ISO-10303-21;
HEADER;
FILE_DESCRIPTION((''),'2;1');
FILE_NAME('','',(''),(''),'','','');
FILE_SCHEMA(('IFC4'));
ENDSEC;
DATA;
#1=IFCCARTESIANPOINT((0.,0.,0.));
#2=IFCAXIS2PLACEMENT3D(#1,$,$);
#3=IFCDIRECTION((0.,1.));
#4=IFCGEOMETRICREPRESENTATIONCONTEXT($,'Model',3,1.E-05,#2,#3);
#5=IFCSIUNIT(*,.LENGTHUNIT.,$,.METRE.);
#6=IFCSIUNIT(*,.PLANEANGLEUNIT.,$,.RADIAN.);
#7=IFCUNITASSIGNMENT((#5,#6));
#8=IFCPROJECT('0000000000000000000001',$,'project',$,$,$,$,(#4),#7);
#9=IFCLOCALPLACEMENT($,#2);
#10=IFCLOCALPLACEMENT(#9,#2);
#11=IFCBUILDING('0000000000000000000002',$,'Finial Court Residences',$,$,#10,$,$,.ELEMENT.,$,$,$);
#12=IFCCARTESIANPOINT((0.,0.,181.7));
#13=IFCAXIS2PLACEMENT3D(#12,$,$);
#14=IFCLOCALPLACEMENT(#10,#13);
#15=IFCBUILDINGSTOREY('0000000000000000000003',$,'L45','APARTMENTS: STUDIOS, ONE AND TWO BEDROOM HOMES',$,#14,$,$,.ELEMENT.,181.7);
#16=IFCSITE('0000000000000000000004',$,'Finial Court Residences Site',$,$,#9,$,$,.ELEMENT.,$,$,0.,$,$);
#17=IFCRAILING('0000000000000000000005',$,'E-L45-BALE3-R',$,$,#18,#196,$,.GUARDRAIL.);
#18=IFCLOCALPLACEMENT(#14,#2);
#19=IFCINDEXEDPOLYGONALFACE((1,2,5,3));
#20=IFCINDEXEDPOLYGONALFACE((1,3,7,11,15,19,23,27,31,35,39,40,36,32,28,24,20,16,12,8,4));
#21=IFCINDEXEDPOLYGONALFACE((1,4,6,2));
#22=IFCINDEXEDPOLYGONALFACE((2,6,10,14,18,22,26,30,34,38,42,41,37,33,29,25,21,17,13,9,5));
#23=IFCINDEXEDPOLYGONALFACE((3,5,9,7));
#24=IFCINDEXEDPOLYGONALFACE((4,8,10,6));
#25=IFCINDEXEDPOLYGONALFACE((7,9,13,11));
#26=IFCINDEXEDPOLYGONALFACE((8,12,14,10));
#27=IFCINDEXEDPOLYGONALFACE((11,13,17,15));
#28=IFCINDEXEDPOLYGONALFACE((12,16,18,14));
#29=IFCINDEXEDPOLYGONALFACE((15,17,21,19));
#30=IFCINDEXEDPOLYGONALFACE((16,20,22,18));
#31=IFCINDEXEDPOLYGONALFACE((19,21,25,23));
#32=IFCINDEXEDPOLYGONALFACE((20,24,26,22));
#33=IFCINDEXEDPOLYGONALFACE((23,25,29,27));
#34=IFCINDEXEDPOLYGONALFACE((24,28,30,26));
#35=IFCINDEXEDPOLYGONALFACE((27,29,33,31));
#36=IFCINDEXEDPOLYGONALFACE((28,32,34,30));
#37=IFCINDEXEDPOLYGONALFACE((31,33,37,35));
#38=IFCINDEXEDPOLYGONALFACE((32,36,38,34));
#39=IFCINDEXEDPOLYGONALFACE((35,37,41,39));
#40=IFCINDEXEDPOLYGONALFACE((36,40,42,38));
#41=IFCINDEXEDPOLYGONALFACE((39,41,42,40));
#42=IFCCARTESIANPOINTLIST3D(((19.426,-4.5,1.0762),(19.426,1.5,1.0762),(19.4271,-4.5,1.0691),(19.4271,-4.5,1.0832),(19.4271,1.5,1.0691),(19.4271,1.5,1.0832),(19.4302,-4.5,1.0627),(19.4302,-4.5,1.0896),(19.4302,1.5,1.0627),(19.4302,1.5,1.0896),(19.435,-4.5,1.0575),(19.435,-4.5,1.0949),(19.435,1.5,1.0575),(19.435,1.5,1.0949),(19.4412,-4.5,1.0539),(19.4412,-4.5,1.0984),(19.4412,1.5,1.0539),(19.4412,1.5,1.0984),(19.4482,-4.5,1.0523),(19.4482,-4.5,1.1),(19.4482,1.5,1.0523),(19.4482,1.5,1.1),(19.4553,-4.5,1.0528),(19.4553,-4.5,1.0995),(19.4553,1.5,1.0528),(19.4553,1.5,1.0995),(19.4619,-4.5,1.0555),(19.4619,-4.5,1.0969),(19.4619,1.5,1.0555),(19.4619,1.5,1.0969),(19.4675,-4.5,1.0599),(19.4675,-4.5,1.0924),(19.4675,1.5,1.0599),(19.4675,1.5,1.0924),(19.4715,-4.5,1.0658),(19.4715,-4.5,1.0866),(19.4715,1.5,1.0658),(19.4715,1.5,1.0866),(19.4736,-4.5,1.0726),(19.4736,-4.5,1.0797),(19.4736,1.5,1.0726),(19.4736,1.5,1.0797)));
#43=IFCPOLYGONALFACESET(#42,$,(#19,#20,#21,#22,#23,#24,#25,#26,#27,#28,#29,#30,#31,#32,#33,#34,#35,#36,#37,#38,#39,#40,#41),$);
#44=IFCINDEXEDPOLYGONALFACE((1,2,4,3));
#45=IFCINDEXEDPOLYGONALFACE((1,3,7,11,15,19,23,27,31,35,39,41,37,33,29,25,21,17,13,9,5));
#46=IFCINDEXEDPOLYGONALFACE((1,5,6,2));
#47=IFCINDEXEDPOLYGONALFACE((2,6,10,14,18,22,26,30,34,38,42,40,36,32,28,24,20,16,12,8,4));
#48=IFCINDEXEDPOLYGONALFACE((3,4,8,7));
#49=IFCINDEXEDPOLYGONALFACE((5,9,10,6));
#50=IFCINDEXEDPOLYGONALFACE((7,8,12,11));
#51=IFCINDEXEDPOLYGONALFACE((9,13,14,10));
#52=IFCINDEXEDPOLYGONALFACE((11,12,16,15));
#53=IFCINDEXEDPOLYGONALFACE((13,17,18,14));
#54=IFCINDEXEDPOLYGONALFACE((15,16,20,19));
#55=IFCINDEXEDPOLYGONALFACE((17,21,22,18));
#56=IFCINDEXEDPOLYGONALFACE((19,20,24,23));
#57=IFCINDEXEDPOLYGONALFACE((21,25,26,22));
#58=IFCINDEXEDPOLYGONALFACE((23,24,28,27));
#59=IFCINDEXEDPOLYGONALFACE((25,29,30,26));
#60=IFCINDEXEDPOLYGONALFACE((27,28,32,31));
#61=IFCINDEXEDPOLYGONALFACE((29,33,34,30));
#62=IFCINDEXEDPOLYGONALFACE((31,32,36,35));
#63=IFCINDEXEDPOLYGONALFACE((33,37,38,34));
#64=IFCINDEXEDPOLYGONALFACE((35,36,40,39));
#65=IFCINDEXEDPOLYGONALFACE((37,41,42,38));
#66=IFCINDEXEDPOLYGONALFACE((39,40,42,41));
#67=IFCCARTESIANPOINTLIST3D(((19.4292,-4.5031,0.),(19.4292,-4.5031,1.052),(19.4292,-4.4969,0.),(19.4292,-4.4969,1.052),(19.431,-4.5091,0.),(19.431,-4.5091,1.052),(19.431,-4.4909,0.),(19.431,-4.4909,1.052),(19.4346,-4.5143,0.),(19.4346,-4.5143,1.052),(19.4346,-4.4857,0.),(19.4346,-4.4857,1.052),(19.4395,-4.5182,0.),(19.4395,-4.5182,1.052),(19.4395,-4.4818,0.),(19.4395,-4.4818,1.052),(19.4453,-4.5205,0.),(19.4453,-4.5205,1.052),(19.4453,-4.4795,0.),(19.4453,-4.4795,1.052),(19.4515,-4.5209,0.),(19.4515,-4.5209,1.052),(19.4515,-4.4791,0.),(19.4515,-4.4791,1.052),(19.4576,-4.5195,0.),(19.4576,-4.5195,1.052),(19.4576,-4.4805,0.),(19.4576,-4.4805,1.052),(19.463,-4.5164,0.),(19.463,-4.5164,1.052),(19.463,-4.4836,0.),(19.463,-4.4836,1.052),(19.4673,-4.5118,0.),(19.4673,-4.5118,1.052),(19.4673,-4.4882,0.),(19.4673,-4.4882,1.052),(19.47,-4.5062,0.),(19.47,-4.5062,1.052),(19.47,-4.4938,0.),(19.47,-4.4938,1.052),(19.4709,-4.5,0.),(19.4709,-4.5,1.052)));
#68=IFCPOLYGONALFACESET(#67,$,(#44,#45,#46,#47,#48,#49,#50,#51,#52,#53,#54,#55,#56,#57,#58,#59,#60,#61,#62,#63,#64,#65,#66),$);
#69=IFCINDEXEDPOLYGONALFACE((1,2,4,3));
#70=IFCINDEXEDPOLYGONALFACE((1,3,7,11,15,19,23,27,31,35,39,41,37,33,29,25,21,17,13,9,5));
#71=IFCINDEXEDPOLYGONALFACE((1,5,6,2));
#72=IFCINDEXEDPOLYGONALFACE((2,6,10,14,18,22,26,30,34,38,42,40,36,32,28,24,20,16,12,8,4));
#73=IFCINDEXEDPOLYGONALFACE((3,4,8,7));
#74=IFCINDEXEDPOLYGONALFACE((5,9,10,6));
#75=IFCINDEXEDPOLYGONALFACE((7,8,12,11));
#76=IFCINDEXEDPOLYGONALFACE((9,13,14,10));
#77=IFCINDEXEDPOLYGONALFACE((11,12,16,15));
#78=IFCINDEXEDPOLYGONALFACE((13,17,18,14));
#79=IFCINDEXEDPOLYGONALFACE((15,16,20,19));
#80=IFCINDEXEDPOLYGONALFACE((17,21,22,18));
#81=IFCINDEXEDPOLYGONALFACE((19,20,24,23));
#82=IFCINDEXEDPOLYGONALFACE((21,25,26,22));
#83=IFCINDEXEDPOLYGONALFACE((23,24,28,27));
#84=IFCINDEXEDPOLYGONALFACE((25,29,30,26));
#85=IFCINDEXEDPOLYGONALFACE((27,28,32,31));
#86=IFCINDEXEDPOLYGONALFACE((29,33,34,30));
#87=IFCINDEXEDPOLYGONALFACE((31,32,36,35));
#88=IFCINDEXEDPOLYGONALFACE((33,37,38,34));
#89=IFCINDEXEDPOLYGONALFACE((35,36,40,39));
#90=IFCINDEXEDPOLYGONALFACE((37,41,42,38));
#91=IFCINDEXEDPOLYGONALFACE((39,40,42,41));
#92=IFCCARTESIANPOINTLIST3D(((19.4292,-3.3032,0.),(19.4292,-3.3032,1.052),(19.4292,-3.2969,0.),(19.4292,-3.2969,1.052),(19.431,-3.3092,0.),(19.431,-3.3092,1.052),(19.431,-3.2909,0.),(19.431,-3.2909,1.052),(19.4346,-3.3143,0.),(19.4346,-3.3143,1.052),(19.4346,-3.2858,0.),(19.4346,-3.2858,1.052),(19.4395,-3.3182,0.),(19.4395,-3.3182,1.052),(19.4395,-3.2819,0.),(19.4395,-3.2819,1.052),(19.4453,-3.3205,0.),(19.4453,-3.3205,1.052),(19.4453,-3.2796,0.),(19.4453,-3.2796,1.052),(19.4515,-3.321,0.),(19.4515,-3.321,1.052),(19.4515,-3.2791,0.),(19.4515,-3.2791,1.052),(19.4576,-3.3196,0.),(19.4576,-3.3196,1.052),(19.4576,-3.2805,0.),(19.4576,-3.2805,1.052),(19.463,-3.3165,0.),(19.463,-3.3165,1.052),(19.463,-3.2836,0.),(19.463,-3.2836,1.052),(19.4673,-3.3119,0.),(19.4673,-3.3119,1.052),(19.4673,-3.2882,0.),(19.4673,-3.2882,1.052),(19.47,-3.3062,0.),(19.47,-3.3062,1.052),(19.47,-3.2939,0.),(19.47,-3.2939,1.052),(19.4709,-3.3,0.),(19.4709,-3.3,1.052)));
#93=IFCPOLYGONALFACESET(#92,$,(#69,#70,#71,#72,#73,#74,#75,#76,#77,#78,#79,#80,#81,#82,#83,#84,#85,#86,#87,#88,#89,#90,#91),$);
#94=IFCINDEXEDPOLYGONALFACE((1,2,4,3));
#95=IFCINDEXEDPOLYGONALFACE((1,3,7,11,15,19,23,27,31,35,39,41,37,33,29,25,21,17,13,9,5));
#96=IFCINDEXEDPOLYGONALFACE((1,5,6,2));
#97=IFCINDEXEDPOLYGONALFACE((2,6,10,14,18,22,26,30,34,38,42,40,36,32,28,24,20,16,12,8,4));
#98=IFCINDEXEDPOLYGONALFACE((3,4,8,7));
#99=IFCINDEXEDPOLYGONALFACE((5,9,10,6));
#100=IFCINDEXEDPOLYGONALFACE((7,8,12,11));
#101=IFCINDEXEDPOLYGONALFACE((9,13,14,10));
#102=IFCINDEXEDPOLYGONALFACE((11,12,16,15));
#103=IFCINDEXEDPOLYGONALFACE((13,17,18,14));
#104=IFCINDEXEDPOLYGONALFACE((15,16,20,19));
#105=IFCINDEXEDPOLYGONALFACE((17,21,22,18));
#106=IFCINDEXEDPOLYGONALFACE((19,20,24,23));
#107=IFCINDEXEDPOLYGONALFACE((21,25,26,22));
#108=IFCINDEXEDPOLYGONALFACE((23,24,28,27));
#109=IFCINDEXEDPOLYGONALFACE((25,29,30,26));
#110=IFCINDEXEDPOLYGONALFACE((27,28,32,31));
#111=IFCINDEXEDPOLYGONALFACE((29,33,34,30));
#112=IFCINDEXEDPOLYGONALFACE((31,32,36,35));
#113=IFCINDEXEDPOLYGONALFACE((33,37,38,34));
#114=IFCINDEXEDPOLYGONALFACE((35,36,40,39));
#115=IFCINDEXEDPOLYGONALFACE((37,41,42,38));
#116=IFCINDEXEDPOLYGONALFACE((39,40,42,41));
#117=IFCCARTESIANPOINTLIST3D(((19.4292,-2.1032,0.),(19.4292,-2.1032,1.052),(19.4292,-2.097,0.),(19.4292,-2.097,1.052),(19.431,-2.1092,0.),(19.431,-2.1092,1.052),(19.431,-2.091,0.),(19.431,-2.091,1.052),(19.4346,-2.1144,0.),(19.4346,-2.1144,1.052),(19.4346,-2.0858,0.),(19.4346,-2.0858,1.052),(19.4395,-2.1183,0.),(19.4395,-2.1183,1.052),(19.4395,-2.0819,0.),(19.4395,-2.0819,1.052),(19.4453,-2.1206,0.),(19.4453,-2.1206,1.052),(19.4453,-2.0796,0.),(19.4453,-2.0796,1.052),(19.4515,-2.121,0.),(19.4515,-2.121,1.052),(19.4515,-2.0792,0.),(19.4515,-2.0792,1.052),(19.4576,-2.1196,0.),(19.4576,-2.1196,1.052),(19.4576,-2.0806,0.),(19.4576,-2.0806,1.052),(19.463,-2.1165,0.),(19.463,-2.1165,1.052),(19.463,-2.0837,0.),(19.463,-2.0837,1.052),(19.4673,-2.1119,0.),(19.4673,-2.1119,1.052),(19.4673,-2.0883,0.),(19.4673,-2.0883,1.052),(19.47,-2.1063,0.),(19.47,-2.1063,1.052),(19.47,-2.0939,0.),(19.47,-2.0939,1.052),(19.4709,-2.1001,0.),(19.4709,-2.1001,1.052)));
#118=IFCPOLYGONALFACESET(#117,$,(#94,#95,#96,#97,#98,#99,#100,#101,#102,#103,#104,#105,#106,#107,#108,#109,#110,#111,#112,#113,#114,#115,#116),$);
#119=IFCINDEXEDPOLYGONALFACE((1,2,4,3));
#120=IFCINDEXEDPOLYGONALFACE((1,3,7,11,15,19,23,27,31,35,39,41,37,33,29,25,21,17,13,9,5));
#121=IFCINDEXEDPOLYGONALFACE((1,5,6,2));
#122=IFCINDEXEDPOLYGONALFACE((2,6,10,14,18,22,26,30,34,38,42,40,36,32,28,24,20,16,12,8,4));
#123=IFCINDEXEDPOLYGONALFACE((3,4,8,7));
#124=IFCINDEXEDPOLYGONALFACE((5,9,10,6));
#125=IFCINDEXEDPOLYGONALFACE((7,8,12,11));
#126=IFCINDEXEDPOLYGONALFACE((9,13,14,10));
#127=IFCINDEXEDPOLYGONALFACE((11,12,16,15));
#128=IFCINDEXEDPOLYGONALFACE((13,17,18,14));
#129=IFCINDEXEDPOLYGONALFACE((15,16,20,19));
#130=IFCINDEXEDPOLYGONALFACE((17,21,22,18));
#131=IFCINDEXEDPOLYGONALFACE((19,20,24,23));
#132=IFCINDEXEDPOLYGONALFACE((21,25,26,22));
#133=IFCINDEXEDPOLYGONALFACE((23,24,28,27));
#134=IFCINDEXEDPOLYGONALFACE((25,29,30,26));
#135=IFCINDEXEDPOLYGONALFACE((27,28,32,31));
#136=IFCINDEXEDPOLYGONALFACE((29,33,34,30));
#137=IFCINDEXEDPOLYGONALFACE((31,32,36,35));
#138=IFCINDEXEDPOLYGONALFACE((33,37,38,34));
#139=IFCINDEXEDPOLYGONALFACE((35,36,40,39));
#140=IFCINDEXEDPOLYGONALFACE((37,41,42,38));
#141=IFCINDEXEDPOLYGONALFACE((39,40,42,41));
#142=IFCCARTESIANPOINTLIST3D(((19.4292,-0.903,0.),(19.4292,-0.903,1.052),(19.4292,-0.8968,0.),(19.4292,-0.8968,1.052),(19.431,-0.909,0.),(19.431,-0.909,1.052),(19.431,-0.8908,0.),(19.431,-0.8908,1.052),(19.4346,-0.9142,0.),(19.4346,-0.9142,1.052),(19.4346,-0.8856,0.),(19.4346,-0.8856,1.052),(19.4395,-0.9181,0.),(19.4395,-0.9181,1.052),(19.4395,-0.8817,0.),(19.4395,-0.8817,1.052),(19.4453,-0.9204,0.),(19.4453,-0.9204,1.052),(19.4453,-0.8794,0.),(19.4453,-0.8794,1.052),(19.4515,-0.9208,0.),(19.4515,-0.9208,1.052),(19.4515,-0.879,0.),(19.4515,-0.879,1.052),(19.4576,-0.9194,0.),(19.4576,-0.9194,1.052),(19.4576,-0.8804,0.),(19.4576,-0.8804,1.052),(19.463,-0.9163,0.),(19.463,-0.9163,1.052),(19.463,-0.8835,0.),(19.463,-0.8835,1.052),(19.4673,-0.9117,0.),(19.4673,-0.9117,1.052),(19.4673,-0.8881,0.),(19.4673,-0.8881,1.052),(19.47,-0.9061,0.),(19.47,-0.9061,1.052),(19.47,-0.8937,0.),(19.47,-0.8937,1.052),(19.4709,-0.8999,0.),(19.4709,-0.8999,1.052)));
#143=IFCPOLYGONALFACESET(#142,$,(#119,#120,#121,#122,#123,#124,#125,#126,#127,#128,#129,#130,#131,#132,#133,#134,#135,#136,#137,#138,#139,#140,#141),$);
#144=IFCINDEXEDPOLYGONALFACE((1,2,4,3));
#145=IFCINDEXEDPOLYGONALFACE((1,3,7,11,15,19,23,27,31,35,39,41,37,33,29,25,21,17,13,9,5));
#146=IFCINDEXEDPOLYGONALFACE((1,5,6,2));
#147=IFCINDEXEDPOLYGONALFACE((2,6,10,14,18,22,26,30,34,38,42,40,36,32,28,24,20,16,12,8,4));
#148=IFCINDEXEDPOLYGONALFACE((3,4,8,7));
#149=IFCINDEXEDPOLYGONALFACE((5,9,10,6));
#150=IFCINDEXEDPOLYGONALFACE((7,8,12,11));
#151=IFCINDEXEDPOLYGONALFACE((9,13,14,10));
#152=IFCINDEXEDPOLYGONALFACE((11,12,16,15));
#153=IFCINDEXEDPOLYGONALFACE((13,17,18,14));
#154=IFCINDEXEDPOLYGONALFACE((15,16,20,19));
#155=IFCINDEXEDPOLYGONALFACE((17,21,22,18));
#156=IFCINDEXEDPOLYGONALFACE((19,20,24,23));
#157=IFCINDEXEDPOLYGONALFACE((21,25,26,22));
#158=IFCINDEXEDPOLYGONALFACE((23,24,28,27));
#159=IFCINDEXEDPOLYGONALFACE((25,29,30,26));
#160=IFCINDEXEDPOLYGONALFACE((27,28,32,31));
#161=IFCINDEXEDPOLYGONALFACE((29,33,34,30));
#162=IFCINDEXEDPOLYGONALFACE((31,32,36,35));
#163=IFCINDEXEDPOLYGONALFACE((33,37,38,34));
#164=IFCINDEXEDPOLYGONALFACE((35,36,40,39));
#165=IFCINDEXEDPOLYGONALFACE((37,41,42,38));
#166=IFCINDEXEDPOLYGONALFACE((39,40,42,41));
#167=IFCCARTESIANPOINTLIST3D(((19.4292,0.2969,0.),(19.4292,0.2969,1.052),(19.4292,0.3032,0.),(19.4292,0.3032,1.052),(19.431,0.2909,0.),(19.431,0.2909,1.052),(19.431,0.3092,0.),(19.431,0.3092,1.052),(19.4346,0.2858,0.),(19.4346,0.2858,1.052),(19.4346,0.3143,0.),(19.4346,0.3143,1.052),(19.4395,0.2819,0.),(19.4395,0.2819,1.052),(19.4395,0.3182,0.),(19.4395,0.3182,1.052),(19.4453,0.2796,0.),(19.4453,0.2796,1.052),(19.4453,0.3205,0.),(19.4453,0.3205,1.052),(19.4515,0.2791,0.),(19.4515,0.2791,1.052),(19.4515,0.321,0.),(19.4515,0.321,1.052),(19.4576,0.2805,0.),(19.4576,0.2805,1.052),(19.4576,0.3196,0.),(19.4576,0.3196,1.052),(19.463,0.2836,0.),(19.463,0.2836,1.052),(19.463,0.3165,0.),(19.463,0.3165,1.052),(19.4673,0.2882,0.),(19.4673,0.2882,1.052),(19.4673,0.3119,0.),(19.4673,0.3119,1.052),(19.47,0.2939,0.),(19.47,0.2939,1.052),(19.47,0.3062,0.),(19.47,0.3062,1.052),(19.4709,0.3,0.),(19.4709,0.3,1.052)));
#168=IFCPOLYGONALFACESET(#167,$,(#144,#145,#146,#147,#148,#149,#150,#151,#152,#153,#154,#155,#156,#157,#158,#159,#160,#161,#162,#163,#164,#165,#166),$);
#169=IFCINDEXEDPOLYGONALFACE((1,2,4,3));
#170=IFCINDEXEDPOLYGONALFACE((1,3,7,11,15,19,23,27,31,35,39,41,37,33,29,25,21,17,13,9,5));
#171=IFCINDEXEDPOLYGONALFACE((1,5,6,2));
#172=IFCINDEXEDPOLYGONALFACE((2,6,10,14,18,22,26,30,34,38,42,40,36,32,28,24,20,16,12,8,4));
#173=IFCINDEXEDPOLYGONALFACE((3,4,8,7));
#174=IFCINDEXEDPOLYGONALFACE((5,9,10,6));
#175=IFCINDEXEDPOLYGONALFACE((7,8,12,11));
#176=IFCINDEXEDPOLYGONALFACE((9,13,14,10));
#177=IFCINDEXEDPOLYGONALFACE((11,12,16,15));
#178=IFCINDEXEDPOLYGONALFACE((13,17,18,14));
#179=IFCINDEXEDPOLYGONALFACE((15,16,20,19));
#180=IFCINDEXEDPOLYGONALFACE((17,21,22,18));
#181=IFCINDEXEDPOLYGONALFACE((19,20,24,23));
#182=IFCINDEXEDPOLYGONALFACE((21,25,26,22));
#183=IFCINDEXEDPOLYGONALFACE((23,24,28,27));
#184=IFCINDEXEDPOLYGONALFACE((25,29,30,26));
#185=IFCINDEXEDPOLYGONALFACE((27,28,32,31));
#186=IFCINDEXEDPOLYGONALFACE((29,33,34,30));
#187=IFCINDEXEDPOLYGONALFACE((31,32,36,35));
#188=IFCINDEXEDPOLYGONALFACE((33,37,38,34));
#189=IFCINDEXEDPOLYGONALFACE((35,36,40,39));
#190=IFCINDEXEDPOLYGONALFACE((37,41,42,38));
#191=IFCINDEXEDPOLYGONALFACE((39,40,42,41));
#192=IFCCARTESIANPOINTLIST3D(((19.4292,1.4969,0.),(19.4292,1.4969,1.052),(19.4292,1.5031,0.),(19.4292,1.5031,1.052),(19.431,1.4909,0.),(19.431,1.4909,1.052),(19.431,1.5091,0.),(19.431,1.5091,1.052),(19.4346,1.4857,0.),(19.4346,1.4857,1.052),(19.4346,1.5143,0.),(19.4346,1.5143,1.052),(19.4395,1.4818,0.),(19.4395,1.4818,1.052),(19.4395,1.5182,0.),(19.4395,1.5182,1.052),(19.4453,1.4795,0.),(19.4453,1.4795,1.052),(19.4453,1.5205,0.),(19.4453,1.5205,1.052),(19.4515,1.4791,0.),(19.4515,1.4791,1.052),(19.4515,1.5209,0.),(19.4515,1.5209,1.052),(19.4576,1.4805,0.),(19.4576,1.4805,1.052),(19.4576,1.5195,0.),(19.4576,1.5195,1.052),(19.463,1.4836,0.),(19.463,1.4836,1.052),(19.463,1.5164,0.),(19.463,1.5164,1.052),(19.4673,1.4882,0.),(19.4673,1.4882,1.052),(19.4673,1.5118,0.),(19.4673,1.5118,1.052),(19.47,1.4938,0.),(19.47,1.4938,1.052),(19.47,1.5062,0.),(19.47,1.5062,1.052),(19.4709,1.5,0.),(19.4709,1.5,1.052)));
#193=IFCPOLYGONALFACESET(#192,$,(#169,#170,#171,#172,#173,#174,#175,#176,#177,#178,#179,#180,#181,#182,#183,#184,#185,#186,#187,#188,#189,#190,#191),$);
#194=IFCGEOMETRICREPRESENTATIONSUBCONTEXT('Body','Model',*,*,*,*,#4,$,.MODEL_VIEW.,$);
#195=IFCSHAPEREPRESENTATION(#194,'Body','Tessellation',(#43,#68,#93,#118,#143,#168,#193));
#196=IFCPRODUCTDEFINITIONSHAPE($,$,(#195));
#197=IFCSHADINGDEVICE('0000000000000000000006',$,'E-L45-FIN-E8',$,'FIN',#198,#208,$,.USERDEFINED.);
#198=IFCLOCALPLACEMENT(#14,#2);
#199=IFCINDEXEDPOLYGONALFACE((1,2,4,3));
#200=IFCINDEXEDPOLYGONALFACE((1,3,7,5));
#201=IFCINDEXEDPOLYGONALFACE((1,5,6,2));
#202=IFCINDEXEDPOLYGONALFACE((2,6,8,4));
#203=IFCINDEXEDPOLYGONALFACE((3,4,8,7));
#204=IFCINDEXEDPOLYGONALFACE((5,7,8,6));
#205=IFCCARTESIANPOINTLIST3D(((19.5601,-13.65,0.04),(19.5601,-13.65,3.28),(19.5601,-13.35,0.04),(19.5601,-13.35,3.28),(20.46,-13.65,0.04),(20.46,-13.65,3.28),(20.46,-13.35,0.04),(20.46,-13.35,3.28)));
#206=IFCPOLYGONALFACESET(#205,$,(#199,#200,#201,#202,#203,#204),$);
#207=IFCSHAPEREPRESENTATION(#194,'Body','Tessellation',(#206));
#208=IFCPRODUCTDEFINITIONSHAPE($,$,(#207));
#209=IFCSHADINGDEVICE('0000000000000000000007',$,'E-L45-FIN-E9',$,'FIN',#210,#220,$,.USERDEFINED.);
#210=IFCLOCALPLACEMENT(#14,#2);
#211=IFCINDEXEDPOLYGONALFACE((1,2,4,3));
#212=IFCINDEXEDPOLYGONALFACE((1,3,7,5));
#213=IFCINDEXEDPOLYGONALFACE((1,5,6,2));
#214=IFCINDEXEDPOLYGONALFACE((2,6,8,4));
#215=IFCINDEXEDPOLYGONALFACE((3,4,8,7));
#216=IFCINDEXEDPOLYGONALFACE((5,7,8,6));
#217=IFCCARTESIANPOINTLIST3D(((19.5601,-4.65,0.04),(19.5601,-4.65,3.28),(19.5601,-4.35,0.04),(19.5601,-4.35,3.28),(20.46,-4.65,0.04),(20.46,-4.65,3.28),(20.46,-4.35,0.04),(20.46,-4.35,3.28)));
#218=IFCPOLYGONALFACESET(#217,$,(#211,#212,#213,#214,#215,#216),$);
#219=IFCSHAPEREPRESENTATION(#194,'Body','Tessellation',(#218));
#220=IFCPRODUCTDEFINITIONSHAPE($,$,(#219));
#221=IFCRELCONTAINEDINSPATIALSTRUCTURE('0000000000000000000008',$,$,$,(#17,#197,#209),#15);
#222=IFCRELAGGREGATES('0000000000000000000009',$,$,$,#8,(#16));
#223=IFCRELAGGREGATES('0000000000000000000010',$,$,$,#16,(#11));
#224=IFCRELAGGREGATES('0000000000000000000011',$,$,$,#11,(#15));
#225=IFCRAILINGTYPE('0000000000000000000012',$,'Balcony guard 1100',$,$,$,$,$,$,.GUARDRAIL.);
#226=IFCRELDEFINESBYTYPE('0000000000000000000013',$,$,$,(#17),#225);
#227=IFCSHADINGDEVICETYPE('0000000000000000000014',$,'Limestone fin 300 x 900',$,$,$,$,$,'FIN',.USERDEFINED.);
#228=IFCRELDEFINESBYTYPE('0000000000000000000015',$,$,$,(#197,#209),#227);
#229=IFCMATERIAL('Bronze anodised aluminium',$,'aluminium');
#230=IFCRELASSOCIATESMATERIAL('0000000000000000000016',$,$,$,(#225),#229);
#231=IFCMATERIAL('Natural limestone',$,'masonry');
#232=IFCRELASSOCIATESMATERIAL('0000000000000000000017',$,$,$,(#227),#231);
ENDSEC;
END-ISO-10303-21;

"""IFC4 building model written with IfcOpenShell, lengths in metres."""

from ifc_helpers import new_model, si_unit, direction, frame, origin, origin_2d, place, context, subcontext, project, spatial, rectangle, circle, extrude, material, type_object, element, save


model = new_model("IFC4")

# Units and contexts
model_context = context("Model", 3, precision=1e-05, world=origin(), true_north=direction((0.0, 1.0)))
body_context = subcontext(model_context, "Body", "Model", "MODEL_VIEW")
ifc_project = project(units=[si_unit("LENGTHUNIT", "METRE"), si_unit("PLANEANGLEUNIT", "RADIAN")], contexts=[model_context])

# Site, building, storey
site_placement = place(None, origin())
site = spatial("IfcSite", under=ifc_project, at=site_placement, Name="Finial Court Residences Site", CompositionType="ELEMENT", RefElevation=0.0)
building_placement = place(site_placement, origin())
building = spatial("IfcBuilding", under=site, at=building_placement, Name="Finial Court Residences", CompositionType="ELEMENT")
storey_placement = place(building_placement, frame((0.0, 0.0, 181.7)))
storey = spatial("IfcBuildingStorey", under=building, at=storey_placement, Name="L45", Description="APARTMENTS: STUDIOS, ONE AND TWO BEDROOM HOMES", CompositionType="ELEMENT", Elevation=181.7)

# Shared definitions
ifc_material_1 = material(Name="Bronze anodised aluminium", Category="aluminium")

# Shared definitions
ifc_material_2 = material(Name="Natural limestone", Category="masonry")

# Railing
railing_type = type_object("IfcRailingType", Name="Balcony guard 1100", PredefinedType="GUARDRAIL", material=ifc_material_1)
railing_placement = place(storey_placement, frame((19.45, -4.5, 0.0)))
element("IfcRailing", 1, at=railing_placement, inside=storey, type_object=railing_type, Name="E-L45-BALE3-R", PredefinedType="GUARDRAIL", context=body_context, shape_type="SweptSolid", body=[
    extrude(circle(Radius=0.0239, at=origin_2d()), frame((0.0, 0.0, 1.0762), z_axis=(0.0, 1.0, 0.0), x_axis=(-1.0, 0.0, 0.0)), (0.0, 0.0, 1.0), 6.0),
    extrude(circle(Radius=0.021, at=origin_2d()), origin(), (0.0, 0.0, 1.0), 1.052),
    extrude(circle(Radius=0.021, at=origin_2d()), frame((0.0, 1.2, 0.0)), (0.0, 0.0, 1.0), 1.052),
    extrude(circle(Radius=0.021, at=origin_2d()), frame((0.0, 2.3999, 0.0)), (0.0, 0.0, 1.0), 1.052),
    extrude(circle(Radius=0.021, at=origin_2d()), frame((0.0, 3.6001, 0.0)), (0.0, 0.0, 1.0), 1.052),
    extrude(circle(Radius=0.021, at=origin_2d()), frame((0.0, 4.8, 0.0)), (0.0, 0.0, 1.0), 1.052),
    extrude(circle(Radius=0.021, at=origin_2d()), frame((0.0, 6.0, 0.0)), (0.0, 0.0, 1.0), 1.052),
])

# Shading devices
shading_device_type = type_object("IfcShadingDeviceType", Name="Limestone fin 300 x 900", ElementType="FIN", PredefinedType="USERDEFINED", material=ifc_material_2)
for number, where, z_axis, x_axis, name in (
    (2, (20.01, -13.5, 0.04), (0.0, 0.0, 1.0), (1.0, 0.0, 0.0), "E-L45-FIN-E8"),
    (3, (20.01, -4.5, 0.04), (0.0, 0.0, 1.0), (1.0, 0.0, 0.0), "E-L45-FIN-E9"),
):
    element("IfcShadingDevice", number, at=place(storey_placement, frame(where, z_axis=z_axis, x_axis=x_axis)), inside=storey, type_object=shading_device_type, Name=name, ObjectType="FIN", PredefinedType="USERDEFINED", context=body_context, shape_type="SweptSolid", body=[
        extrude(rectangle(XDim=0.8999, YDim=0.3, at=origin_2d()), origin(), (0.0, 0.0, 1.0), 3.24),
    ])

save(model, "model.ifc")
